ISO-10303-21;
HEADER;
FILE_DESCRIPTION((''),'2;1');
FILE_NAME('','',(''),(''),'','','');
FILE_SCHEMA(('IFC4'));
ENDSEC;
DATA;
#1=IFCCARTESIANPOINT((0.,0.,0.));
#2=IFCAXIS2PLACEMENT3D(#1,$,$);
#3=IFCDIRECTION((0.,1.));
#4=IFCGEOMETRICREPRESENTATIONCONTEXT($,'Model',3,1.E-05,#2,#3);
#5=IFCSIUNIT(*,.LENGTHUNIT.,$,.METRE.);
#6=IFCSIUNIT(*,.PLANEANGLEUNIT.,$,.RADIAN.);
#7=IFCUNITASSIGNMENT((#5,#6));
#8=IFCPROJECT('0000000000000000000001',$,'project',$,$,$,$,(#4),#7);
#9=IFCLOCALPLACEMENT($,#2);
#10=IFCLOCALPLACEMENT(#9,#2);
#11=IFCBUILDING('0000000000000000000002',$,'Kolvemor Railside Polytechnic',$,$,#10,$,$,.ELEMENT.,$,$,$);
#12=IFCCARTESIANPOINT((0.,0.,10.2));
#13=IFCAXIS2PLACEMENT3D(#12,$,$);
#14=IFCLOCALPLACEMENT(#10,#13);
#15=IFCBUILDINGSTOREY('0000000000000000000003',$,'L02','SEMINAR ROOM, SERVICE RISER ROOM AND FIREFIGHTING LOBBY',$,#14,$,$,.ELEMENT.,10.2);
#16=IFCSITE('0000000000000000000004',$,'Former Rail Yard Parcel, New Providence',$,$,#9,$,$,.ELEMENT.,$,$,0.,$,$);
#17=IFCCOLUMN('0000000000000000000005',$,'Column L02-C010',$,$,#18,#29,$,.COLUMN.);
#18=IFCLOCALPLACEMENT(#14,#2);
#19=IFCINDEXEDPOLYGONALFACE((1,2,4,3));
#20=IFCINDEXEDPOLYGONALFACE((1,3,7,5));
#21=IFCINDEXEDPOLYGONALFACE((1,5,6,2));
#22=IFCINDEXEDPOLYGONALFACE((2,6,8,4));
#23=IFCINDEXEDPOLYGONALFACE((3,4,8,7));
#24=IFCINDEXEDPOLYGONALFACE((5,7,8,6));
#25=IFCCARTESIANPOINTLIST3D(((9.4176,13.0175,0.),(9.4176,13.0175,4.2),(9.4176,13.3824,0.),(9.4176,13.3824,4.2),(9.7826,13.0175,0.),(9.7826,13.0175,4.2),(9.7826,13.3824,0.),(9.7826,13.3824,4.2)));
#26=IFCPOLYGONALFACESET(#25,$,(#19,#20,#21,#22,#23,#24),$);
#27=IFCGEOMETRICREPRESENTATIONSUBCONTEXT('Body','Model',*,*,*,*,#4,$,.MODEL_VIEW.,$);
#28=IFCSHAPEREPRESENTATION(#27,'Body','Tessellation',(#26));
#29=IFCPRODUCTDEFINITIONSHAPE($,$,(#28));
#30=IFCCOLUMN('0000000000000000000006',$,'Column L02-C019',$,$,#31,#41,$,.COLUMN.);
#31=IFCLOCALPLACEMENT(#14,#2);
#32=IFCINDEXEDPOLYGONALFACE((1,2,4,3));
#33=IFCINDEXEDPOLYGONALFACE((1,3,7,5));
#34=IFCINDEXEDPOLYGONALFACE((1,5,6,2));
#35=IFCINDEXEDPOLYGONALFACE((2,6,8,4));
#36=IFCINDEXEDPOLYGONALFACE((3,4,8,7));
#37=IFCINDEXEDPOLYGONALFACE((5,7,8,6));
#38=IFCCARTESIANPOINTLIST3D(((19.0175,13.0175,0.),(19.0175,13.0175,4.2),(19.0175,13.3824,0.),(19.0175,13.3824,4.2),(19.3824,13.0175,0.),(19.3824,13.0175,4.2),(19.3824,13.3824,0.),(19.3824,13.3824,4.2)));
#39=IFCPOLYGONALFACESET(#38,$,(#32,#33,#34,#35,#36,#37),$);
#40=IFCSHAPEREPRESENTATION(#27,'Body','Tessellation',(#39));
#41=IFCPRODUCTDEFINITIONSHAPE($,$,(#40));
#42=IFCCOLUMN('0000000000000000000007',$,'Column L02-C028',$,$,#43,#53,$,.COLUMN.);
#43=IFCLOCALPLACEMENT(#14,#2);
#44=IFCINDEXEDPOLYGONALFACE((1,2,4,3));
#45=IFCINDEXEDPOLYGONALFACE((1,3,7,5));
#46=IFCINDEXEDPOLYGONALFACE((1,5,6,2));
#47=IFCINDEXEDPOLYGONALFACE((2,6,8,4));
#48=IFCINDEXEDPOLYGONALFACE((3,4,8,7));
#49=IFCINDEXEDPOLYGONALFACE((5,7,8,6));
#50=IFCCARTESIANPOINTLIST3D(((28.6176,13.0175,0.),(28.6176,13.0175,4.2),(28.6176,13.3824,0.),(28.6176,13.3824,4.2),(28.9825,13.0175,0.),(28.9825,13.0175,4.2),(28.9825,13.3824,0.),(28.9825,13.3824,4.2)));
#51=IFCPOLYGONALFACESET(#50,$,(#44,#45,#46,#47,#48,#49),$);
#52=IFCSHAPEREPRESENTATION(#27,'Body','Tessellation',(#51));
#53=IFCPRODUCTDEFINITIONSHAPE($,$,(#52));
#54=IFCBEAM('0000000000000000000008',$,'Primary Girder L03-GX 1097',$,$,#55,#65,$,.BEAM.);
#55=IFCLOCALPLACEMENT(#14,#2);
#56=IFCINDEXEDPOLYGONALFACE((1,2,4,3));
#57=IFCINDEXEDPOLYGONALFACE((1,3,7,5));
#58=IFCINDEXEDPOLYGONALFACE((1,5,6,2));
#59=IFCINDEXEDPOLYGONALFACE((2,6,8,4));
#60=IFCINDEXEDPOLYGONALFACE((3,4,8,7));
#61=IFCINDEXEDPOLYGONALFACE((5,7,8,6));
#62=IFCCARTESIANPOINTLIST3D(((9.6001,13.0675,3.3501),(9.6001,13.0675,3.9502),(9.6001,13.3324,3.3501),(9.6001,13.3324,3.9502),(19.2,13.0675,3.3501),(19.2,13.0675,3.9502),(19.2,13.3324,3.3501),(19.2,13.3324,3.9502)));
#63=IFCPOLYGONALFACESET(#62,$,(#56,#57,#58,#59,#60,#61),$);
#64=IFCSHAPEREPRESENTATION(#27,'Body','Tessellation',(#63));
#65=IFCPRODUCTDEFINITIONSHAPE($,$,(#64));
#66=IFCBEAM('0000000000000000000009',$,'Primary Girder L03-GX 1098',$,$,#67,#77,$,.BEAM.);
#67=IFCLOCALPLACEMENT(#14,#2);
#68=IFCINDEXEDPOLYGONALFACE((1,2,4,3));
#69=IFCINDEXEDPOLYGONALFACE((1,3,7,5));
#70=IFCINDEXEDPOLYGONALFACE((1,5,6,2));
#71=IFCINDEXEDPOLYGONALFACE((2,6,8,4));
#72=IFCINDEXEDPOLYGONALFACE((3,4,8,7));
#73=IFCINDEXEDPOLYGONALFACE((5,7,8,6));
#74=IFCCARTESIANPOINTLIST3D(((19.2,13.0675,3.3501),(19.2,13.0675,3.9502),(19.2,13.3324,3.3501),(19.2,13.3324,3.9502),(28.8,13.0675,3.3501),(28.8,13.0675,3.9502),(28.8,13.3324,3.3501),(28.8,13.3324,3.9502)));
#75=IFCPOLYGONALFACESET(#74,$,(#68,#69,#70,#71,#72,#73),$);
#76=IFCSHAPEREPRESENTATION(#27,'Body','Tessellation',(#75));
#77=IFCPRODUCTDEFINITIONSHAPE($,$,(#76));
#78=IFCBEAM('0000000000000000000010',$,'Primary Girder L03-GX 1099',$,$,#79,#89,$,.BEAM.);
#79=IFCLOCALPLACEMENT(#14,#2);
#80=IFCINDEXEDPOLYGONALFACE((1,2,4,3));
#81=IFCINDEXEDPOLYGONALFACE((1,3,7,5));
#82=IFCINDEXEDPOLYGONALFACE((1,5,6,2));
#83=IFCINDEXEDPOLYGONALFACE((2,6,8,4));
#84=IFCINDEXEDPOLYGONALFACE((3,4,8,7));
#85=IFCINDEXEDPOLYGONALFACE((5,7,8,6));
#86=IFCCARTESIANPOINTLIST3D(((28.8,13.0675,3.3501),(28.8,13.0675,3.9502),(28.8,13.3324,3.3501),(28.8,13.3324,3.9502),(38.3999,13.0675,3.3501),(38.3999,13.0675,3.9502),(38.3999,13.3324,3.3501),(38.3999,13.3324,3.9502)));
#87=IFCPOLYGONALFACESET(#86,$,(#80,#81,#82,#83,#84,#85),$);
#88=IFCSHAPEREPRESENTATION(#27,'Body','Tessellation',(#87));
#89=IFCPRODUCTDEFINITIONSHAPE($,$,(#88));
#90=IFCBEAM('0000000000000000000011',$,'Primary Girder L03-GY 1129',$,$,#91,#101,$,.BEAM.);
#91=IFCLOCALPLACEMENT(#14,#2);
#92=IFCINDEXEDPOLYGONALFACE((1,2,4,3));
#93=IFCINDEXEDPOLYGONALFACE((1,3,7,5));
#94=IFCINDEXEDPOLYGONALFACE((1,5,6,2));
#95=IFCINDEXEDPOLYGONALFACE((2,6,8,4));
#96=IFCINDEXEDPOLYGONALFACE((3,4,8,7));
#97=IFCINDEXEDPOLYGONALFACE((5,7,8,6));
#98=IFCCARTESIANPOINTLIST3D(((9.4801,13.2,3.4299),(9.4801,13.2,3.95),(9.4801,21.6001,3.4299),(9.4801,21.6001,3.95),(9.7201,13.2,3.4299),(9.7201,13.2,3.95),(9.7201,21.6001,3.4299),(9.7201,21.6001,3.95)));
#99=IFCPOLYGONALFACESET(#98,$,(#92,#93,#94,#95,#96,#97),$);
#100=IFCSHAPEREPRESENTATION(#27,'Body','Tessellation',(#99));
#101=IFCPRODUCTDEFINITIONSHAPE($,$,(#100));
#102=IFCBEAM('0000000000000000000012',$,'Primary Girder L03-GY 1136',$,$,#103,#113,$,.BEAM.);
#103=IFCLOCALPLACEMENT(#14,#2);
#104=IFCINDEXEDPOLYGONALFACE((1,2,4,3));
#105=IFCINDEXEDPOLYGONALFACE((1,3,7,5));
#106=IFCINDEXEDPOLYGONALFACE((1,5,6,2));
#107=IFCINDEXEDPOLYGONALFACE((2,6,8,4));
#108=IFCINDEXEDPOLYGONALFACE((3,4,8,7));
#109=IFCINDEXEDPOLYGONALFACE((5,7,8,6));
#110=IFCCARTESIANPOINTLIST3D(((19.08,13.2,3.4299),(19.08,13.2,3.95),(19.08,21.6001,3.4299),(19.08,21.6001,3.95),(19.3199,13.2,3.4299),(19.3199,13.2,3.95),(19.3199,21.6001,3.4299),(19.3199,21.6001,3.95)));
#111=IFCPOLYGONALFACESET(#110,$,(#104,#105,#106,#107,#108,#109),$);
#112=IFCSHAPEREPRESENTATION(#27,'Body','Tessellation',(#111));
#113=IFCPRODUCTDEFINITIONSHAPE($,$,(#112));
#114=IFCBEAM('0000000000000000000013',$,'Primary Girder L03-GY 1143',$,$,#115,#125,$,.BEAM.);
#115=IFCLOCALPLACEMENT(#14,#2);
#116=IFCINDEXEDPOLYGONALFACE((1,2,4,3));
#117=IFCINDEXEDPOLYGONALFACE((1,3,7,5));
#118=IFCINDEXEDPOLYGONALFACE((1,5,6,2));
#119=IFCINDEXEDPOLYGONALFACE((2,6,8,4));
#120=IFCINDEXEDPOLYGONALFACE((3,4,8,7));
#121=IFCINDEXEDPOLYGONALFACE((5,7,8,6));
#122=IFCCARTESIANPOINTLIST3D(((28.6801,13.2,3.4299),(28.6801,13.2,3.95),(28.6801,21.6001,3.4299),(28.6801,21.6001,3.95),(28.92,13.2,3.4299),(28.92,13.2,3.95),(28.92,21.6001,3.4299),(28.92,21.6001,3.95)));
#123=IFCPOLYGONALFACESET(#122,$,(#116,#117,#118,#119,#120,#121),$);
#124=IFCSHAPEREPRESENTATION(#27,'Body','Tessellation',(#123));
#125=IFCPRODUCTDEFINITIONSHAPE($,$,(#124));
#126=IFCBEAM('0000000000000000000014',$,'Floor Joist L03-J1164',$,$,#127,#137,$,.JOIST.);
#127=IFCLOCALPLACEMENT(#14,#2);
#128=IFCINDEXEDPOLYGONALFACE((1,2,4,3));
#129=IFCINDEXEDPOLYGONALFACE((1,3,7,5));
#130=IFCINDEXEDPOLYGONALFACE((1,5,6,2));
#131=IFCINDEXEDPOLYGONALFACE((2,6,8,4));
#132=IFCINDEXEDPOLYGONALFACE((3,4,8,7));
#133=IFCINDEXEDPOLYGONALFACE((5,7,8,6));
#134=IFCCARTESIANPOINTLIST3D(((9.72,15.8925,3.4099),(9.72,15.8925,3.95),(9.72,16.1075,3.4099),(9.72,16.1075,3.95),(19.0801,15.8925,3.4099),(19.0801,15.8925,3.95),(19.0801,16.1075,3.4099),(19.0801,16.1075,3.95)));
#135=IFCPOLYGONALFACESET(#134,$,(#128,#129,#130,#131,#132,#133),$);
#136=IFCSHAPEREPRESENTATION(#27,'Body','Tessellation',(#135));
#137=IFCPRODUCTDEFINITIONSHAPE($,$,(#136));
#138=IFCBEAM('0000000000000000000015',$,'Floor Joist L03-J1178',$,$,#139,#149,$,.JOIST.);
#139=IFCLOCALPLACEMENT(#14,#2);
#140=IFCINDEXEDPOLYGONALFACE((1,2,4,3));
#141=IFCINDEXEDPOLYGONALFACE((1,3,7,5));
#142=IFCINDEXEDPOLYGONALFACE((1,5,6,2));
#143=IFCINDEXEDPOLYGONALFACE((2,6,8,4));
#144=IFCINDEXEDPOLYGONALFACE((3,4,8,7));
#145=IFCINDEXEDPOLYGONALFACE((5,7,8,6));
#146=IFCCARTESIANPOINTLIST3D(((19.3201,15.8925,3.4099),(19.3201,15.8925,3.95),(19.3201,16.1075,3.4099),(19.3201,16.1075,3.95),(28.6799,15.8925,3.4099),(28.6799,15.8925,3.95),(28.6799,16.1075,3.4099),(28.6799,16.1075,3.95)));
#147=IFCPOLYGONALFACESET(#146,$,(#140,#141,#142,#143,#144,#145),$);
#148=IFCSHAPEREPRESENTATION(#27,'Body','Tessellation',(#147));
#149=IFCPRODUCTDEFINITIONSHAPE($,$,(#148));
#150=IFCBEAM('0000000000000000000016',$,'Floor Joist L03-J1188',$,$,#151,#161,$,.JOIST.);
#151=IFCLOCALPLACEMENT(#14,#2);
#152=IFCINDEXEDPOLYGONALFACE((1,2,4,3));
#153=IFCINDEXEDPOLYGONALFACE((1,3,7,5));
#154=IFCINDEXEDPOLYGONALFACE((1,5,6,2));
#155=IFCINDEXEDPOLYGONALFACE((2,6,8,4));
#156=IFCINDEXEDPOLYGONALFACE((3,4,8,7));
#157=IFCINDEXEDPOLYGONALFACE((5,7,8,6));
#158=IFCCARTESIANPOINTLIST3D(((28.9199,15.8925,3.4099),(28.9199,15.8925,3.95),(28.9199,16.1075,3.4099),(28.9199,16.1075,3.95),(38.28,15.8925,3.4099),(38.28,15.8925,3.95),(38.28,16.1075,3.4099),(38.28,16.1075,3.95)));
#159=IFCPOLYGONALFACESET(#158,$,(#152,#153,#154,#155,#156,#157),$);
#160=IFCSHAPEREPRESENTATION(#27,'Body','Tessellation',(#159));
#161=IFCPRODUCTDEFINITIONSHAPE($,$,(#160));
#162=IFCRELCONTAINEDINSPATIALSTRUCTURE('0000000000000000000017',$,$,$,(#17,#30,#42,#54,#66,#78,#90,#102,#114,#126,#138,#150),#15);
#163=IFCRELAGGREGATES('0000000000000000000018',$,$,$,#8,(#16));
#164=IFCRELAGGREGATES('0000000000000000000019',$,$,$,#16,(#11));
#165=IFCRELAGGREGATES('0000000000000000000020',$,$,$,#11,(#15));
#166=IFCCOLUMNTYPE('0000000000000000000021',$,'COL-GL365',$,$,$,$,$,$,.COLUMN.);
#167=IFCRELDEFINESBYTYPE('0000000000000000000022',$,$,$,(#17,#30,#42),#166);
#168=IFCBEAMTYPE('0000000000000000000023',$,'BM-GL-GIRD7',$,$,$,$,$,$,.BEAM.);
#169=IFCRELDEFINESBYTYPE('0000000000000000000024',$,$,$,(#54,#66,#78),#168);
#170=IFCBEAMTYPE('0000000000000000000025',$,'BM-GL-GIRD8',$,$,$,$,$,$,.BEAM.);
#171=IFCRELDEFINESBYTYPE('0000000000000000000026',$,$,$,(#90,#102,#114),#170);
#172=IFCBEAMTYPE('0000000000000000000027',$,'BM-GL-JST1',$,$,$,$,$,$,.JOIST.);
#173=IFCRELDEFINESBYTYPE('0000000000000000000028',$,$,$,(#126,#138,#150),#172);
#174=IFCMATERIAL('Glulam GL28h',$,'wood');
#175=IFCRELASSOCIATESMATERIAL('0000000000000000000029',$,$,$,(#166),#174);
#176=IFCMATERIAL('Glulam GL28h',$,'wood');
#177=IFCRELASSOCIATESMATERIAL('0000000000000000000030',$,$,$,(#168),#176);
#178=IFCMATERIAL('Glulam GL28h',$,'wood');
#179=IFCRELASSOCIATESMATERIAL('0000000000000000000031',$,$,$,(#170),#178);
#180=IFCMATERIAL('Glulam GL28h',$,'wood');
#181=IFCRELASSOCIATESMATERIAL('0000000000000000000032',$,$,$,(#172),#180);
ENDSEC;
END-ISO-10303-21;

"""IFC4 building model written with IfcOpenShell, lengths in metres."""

from ifc_helpers import new_model, si_unit, direction, frame, origin, origin_2d, place, context, subcontext, project, spatial, rectangle, extrude, material, material_profile, profile_set, type_object, element, save


model = new_model("IFC4")

# Units and contexts
model_context = context("Model", 3, precision=1e-05, world=origin(), true_north=direction((0.0, 1.0)))
body_context = subcontext(model_context, "Body", "Model", "MODEL_VIEW")
ifc_project = project(units=[si_unit("LENGTHUNIT", "METRE"), si_unit("PLANEANGLEUNIT", "RADIAN")], contexts=[model_context])

# Site, building, storey
site_placement = place(None, origin())
site = spatial("IfcSite", under=ifc_project, at=site_placement, Name="Former Rail Yard Parcel, New Providence", CompositionType="ELEMENT", RefElevation=0.0)
building_placement = place(site_placement, origin())
building = spatial("IfcBuilding", under=site, at=building_placement, Name="Kolvemor Railside Polytechnic", CompositionType="ELEMENT")
storey_placement = place(building_placement, frame((0.0, 0.0, 10.2)))
storey = spatial("IfcBuildingStorey", under=building, at=storey_placement, Name="L02", Description="SEMINAR ROOM, SERVICE RISER ROOM AND FIREFIGHTING LOBBY", CompositionType="ELEMENT", Elevation=10.2)

# Columns
ifc_material_1 = material(Name="Glulam GL28h", Category="wood")
ifc_material_profile_1 = material_profile(ifc_material_1, rectangle(XDim=0.365, YDim=0.365, at=origin_2d()), Name="GL365x365")
ifc_profile_set_1 = profile_set([ifc_material_profile_1], Name="Glulam GL28h")
column_type = type_object("IfcColumnType", Name="COL-GL365", PredefinedType="COLUMN", material=ifc_profile_set_1)
for number, where, z_axis, x_axis, name in (
    (1, (9.6001, 13.2, 0.0), (0.0, 0.0, 1.0), (1.0, 0.0, 0.0), "Column L02-C010"),
    (2, (19.2, 13.2, 0.0), (0.0, 0.0, 1.0), (1.0, 0.0, 0.0), "Column L02-C019"),
    (3, (28.8, 13.2, 0.0), (0.0, 0.0, 1.0), (1.0, 0.0, 0.0), "Column L02-C028"),
):
    element("IfcColumn", number, at=place(storey_placement, frame(where, z_axis=z_axis, x_axis=x_axis)), inside=storey, type_object=column_type, Name=name, PredefinedType="COLUMN", context=body_context, shape_type="SweptSolid", body=[
        extrude(rectangle(XDim=0.365, YDim=0.365, at=origin_2d()), origin(), (0.0, 0.0, 1.0), 4.2),
    ])

# Beams
ifc_material_2 = material(Name="Glulam GL28h", Category="wood")
ifc_material_profile_2 = material_profile(ifc_material_2, rectangle(XDim=0.2649, YDim=0.6001, at=origin_2d()), Name="GL265x600")
ifc_profile_set_2 = profile_set([ifc_material_profile_2], Name="Glulam GL28h")
beam_type_1 = type_object("IfcBeamType", Name="BM-GL-GIRD7", PredefinedType="BEAM", material=ifc_profile_set_2)
beam_1_placement = place(storey_placement, frame((9.6001, 13.2, 3.6501), z_axis=(1.0, 0.0, 0.0), x_axis=(0.0, 1.0, 0.0)))
element("IfcBeam", 4, at=beam_1_placement, inside=storey, type_object=beam_type_1, Name="Primary Girder L03-GX 1097", PredefinedType="BEAM", context=body_context, shape_type="SweptSolid", body=[
    extrude(rectangle(XDim=0.2649, YDim=0.6001, at=origin_2d()), origin(), (0.0, 0.0, 1.0), 9.5999),
])
beam_2_placement = place(storey_placement, frame((19.2, 13.2, 3.6501), z_axis=(1.0, 0.0, 0.0), x_axis=(0.0, 1.0, 0.0)))
element("IfcBeam", 5, at=beam_2_placement, inside=storey, type_object=beam_type_1, Name="Primary Girder L03-GX 1098", PredefinedType="BEAM", context=body_context, shape_type="SweptSolid", body=[
    extrude(rectangle(XDim=0.2649, YDim=0.6001, at=origin_2d()), origin(), (0.0, 0.0, 1.0), 9.6001),
])
beam_3_placement = place(storey_placement, frame((28.8, 13.2, 3.6501), z_axis=(1.0, 0.0, 0.0), x_axis=(0.0, 1.0, 0.0)))
element("IfcBeam", 6, at=beam_3_placement, inside=storey, type_object=beam_type_1, Name="Primary Girder L03-GX 1099", PredefinedType="BEAM", context=body_context, shape_type="SweptSolid", body=[
    extrude(rectangle(XDim=0.2649, YDim=0.6001, at=origin_2d()), origin(), (0.0, 0.0, 1.0), 9.5999),
])
ifc_material_3 = material(Name="Glulam GL28h", Category="wood")
ifc_material_profile_3 = material_profile(ifc_material_3, rectangle(XDim=0.24, YDim=0.52, at=origin_2d()), Name="GL240x520")
ifc_profile_set_3 = profile_set([ifc_material_profile_3], Name="Glulam GL28h")
beam_type_2 = type_object("IfcBeamType", Name="BM-GL-GIRD8", PredefinedType="BEAM", material=ifc_profile_set_3)
for number, where, z_axis, x_axis, name in (
    (7, (9.6001, 13.2, 3.6899), (0.0, 1.0, 0.0), (-1.0, 0.0, 0.0), "Primary Girder L03-GY 1129"),
    (8, (19.2, 13.2, 3.6899), (0.0, 1.0, 0.0), (-1.0, 0.0, 0.0), "Primary Girder L03-GY 1136"),
    (9, (28.8, 13.2, 3.6899), (0.0, 1.0, 0.0), (-1.0, 0.0, 0.0), "Primary Girder L03-GY 1143"),
):
    element("IfcBeam", number, at=place(storey_placement, frame(where, z_axis=z_axis, x_axis=x_axis)), inside=storey, type_object=beam_type_2, Name=name, PredefinedType="BEAM", context=body_context, shape_type="SweptSolid", body=[
        extrude(rectangle(XDim=0.24, YDim=0.52, at=origin_2d()), origin(), (0.0, 0.0, 1.0), 8.4001),
    ])
ifc_material_4 = material(Name="Glulam GL28h", Category="wood")
ifc_material_profile_4 = material_profile(ifc_material_4, rectangle(XDim=0.2151, YDim=0.54, at=origin_2d()), Name="GL215x540")
ifc_profile_set_4 = profile_set([ifc_material_profile_4], Name="Glulam GL28h")
beam_type_3 = type_object("IfcBeamType", Name="BM-GL-JST1", PredefinedType="JOIST", material=ifc_profile_set_4)
beam_4_placement = place(storey_placement, frame((9.72, 16.0, 3.6799), z_axis=(1.0, 0.0, 0.0), x_axis=(0.0, 1.0, 0.0)))
element("IfcBeam", 10, at=beam_4_placement, inside=storey, type_object=beam_type_3, Name="Floor Joist L03-J1164", PredefinedType="JOIST", context=body_context, shape_type="SweptSolid", body=[
    extrude(rectangle(XDim=0.2151, YDim=0.54, at=origin_2d()), origin(), (0.0, 0.0, 1.0), 9.3601),
])
beam_5_placement = place(storey_placement, frame((19.3201, 16.0, 3.6799), z_axis=(1.0, 0.0, 0.0), x_axis=(0.0, 1.0, 0.0)))
element("IfcBeam", 11, at=beam_5_placement, inside=storey, type_object=beam_type_3, Name="Floor Joist L03-J1178", PredefinedType="JOIST", context=body_context, shape_type="SweptSolid", body=[
    extrude(rectangle(XDim=0.2151, YDim=0.54, at=origin_2d()), origin(), (0.0, 0.0, 1.0), 9.3599),
])
beam_6_placement = place(storey_placement, frame((28.9199, 16.0, 3.6799), z_axis=(1.0, 0.0, 0.0), x_axis=(0.0, 1.0, 0.0)))
element("IfcBeam", 12, at=beam_6_placement, inside=storey, type_object=beam_type_3, Name="Floor Joist L03-J1188", PredefinedType="JOIST", context=body_context, shape_type="SweptSolid", body=[
    extrude(rectangle(XDim=0.2151, YDim=0.54, at=origin_2d()), origin(), (0.0, 0.0, 1.0), 9.3601),
])

save(model, "model.ifc")
